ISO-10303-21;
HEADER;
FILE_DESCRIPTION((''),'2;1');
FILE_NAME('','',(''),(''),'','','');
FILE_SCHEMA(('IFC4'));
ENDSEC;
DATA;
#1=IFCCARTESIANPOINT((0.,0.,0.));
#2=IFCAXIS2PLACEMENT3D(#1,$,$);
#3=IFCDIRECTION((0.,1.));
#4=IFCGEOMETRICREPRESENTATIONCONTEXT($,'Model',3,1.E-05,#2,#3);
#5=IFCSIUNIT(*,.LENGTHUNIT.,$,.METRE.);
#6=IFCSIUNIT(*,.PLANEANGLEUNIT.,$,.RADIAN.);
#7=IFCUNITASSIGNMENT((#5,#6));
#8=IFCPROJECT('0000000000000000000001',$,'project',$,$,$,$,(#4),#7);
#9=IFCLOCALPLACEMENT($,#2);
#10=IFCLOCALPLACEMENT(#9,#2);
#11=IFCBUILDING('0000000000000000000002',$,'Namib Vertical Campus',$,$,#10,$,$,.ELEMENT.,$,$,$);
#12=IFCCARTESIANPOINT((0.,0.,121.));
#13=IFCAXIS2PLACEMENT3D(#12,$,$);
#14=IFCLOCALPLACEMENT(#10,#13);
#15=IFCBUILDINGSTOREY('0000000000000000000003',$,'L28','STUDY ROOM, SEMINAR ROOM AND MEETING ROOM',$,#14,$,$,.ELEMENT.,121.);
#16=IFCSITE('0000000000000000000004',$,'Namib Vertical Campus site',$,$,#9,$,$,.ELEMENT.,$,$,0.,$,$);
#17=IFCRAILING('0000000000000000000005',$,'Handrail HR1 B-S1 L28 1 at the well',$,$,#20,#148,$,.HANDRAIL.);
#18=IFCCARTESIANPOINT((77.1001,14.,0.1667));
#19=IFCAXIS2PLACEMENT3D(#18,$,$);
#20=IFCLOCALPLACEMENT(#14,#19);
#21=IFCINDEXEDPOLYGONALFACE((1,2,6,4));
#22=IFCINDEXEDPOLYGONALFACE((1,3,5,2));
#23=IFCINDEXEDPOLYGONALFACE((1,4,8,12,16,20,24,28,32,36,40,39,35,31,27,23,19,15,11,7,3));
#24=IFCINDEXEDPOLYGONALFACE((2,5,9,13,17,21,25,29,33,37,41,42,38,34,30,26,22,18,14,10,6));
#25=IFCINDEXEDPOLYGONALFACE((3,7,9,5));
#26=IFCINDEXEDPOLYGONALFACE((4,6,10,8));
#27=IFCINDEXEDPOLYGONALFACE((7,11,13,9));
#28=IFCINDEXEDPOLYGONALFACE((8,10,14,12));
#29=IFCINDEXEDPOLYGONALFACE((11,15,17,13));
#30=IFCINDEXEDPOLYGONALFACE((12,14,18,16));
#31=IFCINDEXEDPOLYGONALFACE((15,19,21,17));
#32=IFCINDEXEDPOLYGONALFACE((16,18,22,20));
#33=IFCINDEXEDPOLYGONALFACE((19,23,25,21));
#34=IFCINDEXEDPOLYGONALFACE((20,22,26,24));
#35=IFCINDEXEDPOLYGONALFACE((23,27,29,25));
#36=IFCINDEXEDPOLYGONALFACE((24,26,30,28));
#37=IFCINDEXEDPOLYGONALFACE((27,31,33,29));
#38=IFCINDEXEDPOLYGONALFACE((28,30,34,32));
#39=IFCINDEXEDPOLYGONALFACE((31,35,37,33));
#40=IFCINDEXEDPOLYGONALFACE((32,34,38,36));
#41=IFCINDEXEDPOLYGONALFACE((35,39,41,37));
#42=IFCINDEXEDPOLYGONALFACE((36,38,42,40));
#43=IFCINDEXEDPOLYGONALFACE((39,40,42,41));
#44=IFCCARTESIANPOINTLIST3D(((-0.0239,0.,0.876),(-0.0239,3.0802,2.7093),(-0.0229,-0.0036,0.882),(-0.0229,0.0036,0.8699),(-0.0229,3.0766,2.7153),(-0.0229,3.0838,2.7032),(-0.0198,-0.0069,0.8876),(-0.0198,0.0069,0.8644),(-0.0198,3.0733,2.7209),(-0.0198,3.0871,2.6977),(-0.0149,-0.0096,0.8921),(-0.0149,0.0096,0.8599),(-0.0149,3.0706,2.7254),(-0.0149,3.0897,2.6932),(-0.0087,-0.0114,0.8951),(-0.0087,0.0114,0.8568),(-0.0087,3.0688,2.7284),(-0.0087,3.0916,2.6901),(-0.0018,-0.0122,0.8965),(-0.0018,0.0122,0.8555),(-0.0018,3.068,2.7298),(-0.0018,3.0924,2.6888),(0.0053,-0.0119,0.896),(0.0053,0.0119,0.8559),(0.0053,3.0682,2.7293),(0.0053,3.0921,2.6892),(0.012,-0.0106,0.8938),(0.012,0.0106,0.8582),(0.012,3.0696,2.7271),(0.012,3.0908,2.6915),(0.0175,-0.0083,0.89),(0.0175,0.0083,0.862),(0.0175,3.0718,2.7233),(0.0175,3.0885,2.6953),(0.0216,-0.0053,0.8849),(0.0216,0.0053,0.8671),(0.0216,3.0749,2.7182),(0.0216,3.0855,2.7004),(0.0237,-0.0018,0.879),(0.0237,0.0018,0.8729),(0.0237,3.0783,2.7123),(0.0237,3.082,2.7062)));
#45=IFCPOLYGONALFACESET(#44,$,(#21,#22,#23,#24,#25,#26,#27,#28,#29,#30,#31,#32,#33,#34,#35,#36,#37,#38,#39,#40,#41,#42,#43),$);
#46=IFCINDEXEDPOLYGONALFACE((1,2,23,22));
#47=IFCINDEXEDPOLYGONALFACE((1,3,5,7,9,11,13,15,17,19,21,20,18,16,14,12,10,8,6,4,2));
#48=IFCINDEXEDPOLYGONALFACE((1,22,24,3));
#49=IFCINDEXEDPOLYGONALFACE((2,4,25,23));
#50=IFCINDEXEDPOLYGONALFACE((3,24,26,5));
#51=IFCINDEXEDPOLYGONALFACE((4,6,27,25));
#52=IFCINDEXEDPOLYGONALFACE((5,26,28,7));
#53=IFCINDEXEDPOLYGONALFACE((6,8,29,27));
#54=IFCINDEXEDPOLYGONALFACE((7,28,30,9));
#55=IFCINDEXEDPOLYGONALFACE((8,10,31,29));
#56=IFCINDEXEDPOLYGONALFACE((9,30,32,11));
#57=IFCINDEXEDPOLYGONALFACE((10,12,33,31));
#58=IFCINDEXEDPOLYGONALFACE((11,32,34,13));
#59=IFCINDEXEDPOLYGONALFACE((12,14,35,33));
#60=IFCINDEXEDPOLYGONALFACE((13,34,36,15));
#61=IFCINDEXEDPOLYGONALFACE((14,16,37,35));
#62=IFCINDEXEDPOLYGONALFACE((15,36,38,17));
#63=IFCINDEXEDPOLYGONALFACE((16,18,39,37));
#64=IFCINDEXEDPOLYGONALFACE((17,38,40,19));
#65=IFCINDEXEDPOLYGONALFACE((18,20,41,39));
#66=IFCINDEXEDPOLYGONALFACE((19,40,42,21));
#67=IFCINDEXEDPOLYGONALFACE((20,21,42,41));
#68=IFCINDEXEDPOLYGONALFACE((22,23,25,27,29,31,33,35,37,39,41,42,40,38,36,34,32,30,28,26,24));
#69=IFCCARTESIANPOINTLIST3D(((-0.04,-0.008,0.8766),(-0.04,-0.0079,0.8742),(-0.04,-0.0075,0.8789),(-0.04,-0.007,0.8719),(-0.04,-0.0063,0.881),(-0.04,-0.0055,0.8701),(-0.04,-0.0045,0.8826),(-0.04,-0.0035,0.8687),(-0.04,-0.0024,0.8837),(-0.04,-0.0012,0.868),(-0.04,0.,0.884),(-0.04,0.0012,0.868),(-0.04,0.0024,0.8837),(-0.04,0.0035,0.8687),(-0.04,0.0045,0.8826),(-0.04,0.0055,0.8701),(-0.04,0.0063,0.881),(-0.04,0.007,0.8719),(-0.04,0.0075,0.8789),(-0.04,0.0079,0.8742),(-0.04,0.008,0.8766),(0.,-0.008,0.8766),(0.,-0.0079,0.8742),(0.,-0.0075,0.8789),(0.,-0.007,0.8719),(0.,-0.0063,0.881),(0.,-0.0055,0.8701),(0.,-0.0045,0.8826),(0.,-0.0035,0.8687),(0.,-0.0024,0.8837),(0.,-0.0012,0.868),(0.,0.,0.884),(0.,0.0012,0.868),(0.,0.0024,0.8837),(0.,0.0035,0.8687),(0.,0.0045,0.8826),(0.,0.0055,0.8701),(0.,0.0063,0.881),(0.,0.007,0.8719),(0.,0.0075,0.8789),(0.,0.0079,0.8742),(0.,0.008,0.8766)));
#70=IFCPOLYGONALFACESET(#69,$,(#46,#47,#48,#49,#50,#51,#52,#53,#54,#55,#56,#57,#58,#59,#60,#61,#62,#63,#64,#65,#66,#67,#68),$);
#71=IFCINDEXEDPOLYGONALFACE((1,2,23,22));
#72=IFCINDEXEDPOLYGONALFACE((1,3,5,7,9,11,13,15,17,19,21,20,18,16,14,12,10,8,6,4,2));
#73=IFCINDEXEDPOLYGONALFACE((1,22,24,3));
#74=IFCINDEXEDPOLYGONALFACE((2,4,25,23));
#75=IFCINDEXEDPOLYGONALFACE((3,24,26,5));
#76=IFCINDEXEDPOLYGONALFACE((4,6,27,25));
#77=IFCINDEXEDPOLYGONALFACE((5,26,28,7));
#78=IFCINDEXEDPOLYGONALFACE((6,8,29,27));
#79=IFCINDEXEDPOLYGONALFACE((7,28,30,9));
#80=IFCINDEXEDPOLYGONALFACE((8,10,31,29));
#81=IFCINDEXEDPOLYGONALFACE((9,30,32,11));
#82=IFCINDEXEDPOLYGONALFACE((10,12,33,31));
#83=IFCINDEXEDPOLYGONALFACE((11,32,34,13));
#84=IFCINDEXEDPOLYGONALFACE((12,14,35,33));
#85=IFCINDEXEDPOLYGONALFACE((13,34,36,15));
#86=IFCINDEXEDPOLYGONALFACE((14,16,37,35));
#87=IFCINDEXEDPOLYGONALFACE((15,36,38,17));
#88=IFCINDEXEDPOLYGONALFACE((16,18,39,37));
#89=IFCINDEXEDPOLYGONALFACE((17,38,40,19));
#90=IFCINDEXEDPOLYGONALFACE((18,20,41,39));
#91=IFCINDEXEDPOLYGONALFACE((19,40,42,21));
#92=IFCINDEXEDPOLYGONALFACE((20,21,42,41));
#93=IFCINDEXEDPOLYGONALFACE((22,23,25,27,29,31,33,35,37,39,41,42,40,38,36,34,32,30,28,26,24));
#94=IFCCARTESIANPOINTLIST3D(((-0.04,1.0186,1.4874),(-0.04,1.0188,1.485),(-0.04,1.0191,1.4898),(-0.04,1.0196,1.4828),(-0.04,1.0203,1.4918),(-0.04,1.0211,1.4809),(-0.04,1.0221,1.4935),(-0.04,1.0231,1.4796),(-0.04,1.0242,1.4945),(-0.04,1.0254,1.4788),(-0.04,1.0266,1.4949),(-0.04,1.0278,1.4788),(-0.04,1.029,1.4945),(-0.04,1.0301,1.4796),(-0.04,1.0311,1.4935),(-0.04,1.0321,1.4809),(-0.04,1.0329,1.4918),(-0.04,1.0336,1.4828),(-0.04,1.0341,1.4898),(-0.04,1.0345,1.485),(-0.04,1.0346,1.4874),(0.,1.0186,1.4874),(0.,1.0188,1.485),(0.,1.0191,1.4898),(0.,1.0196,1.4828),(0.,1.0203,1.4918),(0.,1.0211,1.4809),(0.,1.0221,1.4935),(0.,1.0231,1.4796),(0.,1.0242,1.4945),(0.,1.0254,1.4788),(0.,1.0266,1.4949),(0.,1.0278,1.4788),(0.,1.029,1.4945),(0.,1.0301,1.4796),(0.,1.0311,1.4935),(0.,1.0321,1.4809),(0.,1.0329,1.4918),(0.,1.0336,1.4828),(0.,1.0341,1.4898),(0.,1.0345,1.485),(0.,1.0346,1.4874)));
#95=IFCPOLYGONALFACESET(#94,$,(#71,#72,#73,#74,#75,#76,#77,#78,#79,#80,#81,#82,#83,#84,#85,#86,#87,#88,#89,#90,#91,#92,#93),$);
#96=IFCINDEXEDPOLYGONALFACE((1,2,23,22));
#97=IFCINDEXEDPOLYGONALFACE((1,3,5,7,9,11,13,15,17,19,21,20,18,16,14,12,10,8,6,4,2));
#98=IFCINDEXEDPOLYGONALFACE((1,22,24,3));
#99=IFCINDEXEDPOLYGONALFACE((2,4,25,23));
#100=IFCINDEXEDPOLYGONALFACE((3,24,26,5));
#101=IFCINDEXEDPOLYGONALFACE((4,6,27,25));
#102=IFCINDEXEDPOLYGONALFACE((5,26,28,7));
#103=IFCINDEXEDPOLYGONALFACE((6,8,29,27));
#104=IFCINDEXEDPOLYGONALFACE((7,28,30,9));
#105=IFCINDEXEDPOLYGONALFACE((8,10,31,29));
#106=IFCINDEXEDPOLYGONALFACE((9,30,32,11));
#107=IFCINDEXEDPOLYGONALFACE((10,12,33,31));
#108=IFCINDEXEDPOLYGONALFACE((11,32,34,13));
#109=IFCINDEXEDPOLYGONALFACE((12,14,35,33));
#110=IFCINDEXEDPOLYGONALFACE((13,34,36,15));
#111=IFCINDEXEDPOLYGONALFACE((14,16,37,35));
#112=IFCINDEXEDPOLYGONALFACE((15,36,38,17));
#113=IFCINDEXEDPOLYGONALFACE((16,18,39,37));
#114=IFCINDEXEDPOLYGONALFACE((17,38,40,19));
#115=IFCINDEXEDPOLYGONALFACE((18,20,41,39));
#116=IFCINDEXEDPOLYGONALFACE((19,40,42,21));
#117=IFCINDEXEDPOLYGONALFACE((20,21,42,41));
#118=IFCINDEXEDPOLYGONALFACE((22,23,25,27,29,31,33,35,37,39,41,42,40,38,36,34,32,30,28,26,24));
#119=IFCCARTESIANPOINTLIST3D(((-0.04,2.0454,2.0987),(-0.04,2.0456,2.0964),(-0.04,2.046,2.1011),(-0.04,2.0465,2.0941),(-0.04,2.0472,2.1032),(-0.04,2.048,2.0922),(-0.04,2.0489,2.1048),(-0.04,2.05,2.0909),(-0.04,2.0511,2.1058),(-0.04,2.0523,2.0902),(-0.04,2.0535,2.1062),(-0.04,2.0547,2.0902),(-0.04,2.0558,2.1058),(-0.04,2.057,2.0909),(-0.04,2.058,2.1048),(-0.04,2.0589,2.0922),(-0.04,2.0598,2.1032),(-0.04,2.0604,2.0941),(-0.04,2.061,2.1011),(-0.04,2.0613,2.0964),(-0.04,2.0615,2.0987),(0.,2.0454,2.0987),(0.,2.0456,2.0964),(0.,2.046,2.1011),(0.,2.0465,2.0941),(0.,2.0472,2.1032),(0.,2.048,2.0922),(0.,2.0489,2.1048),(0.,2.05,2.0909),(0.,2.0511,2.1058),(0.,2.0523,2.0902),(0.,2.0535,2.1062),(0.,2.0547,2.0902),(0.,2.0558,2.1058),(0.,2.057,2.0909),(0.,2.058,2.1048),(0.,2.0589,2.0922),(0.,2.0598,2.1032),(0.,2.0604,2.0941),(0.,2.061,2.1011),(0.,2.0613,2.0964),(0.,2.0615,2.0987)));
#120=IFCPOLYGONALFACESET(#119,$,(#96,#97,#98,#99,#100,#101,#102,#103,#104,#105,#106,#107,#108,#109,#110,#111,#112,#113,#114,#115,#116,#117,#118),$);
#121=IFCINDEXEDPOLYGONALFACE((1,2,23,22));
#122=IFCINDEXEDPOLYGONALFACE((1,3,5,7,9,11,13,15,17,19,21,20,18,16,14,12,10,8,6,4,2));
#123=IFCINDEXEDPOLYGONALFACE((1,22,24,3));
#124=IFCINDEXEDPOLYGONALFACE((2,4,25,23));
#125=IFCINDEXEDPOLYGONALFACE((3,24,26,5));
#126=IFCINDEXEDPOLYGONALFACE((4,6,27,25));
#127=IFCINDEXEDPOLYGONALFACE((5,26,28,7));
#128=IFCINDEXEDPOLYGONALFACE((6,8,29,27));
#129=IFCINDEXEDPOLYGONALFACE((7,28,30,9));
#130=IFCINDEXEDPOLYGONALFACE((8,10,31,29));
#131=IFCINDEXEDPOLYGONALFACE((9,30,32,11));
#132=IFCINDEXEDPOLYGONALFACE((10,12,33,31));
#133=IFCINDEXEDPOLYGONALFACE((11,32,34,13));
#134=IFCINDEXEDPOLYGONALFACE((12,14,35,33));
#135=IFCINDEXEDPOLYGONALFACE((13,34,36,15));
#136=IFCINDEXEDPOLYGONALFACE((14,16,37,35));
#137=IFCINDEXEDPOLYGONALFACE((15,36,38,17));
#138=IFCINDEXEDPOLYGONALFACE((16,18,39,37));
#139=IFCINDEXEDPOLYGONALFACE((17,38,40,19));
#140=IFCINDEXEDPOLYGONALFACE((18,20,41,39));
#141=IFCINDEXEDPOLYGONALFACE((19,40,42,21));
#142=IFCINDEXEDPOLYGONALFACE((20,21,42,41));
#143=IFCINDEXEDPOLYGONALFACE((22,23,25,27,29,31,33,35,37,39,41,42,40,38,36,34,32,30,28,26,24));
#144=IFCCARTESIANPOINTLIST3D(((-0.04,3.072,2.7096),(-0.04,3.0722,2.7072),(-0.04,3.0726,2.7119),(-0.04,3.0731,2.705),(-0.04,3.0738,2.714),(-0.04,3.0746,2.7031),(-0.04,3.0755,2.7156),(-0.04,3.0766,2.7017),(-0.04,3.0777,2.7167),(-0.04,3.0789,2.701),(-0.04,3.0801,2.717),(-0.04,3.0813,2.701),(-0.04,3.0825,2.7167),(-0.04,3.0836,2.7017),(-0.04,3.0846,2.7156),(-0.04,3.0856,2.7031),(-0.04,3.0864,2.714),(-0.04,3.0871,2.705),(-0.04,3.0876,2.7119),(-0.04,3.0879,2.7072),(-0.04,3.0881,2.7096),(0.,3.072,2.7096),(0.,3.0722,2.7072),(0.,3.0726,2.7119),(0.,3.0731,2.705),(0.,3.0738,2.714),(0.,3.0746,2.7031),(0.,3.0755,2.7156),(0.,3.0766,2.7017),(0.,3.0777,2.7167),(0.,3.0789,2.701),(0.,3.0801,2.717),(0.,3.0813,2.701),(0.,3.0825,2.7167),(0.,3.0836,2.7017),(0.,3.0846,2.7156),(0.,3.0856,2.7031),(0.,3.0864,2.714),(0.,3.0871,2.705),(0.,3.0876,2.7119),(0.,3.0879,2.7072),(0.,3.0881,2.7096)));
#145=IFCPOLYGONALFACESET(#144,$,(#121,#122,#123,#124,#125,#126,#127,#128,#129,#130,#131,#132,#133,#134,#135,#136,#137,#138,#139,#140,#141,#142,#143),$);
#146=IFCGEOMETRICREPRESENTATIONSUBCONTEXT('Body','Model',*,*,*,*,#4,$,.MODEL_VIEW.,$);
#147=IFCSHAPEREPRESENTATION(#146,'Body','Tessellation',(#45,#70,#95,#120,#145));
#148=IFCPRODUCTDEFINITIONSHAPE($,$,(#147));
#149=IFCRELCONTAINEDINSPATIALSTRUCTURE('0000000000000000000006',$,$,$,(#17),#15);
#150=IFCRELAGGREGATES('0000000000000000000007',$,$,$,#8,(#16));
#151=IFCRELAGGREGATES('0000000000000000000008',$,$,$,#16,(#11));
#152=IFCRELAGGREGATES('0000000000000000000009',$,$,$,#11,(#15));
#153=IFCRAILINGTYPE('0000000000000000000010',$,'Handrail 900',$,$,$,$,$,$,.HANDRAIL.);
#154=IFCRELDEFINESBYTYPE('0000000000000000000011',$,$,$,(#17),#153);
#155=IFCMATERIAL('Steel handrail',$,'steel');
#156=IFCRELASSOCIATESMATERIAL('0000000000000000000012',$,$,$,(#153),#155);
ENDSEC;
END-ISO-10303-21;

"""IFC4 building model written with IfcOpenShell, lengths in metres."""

from ifc_helpers import new_model, si_unit, direction, frame, origin, origin_2d, place, context, subcontext, project, spatial, circle, extrude, material, type_object, element, save


model = new_model("IFC4")

# Units and contexts
model_context = context("Model", 3, precision=1e-05, world=origin(), true_north=direction((0.0, 1.0)))
body_context = subcontext(model_context, "Body", "Model", "MODEL_VIEW")
ifc_project = project(units=[si_unit("LENGTHUNIT", "METRE"), si_unit("PLANEANGLEUNIT", "RADIAN")], contexts=[model_context])

# Site, building, storey
site_placement = place(None, origin())
site = spatial("IfcSite", under=ifc_project, at=site_placement, Name="Namib Vertical Campus site", CompositionType="ELEMENT", RefElevation=0.0)
building_placement = place(site_placement, origin())
building = spatial("IfcBuilding", under=site, at=building_placement, Name="Namib Vertical Campus", CompositionType="ELEMENT")
storey_placement = place(building_placement, frame((0.0, 0.0, 121.0)))
storey = spatial("IfcBuildingStorey", under=building, at=storey_placement, Name="L28", Description="STUDY ROOM, SEMINAR ROOM AND MEETING ROOM", CompositionType="ELEMENT", Elevation=121.0)

# Railing
ifc_material_1 = material(Name="Steel handrail", Category="steel")
railing_type = type_object("IfcRailingType", Name="Handrail 900", PredefinedType="HANDRAIL", material=ifc_material_1)
railing_1_placement = place(storey_placement, frame((77.1001, 14.0, 0.1667)))
element("IfcRailing", 1, at=railing_1_placement, inside=storey, type_object=railing_type, Name="Handrail HR1 B-S1 L28 1 at the well", PredefinedType="HANDRAIL", context=body_context, shape_type="SweptSolid", body=[
    extrude(circle(Radius=0.0239, at=origin_2d()), frame((0.0, 0.0, 0.876), z_axis=(0.0, 0.859309, 0.511458), x_axis=(-1.0, 0.0, 0.0)), (0.0, 0.0, 1.0), 3.5845),
    extrude(circle(Radius=0.0081, at=origin_2d()), frame((0.0, 0.0, 0.876), z_axis=(-1.0, 0.0, 0.0), x_axis=(0.0, 0.0, 1.0)), (0.0, 0.0, 1.0), 0.04),
    extrude(circle(Radius=0.0081, at=origin_2d()), frame((0.0, 1.0266, 1.4868), z_axis=(-1.0, 0.0, 0.0), x_axis=(0.0, 0.0, 1.0)), (0.0, 0.0, 1.0), 0.04),
    extrude(circle(Radius=0.0081, at=origin_2d()), frame((0.0, 2.0535, 2.0981), z_axis=(-1.0, 0.0, 0.0), x_axis=(0.0, 0.0, 1.0)), (0.0, 0.0, 1.0), 0.04),
    extrude(circle(Radius=0.0081, at=origin_2d()), frame((0.0, 3.0801, 2.709), z_axis=(-1.0, 0.0, 0.0), x_axis=(0.0, 0.0, 1.0)), (0.0, 0.0, 1.0), 0.04),
])

save(model, "model.ifc")
